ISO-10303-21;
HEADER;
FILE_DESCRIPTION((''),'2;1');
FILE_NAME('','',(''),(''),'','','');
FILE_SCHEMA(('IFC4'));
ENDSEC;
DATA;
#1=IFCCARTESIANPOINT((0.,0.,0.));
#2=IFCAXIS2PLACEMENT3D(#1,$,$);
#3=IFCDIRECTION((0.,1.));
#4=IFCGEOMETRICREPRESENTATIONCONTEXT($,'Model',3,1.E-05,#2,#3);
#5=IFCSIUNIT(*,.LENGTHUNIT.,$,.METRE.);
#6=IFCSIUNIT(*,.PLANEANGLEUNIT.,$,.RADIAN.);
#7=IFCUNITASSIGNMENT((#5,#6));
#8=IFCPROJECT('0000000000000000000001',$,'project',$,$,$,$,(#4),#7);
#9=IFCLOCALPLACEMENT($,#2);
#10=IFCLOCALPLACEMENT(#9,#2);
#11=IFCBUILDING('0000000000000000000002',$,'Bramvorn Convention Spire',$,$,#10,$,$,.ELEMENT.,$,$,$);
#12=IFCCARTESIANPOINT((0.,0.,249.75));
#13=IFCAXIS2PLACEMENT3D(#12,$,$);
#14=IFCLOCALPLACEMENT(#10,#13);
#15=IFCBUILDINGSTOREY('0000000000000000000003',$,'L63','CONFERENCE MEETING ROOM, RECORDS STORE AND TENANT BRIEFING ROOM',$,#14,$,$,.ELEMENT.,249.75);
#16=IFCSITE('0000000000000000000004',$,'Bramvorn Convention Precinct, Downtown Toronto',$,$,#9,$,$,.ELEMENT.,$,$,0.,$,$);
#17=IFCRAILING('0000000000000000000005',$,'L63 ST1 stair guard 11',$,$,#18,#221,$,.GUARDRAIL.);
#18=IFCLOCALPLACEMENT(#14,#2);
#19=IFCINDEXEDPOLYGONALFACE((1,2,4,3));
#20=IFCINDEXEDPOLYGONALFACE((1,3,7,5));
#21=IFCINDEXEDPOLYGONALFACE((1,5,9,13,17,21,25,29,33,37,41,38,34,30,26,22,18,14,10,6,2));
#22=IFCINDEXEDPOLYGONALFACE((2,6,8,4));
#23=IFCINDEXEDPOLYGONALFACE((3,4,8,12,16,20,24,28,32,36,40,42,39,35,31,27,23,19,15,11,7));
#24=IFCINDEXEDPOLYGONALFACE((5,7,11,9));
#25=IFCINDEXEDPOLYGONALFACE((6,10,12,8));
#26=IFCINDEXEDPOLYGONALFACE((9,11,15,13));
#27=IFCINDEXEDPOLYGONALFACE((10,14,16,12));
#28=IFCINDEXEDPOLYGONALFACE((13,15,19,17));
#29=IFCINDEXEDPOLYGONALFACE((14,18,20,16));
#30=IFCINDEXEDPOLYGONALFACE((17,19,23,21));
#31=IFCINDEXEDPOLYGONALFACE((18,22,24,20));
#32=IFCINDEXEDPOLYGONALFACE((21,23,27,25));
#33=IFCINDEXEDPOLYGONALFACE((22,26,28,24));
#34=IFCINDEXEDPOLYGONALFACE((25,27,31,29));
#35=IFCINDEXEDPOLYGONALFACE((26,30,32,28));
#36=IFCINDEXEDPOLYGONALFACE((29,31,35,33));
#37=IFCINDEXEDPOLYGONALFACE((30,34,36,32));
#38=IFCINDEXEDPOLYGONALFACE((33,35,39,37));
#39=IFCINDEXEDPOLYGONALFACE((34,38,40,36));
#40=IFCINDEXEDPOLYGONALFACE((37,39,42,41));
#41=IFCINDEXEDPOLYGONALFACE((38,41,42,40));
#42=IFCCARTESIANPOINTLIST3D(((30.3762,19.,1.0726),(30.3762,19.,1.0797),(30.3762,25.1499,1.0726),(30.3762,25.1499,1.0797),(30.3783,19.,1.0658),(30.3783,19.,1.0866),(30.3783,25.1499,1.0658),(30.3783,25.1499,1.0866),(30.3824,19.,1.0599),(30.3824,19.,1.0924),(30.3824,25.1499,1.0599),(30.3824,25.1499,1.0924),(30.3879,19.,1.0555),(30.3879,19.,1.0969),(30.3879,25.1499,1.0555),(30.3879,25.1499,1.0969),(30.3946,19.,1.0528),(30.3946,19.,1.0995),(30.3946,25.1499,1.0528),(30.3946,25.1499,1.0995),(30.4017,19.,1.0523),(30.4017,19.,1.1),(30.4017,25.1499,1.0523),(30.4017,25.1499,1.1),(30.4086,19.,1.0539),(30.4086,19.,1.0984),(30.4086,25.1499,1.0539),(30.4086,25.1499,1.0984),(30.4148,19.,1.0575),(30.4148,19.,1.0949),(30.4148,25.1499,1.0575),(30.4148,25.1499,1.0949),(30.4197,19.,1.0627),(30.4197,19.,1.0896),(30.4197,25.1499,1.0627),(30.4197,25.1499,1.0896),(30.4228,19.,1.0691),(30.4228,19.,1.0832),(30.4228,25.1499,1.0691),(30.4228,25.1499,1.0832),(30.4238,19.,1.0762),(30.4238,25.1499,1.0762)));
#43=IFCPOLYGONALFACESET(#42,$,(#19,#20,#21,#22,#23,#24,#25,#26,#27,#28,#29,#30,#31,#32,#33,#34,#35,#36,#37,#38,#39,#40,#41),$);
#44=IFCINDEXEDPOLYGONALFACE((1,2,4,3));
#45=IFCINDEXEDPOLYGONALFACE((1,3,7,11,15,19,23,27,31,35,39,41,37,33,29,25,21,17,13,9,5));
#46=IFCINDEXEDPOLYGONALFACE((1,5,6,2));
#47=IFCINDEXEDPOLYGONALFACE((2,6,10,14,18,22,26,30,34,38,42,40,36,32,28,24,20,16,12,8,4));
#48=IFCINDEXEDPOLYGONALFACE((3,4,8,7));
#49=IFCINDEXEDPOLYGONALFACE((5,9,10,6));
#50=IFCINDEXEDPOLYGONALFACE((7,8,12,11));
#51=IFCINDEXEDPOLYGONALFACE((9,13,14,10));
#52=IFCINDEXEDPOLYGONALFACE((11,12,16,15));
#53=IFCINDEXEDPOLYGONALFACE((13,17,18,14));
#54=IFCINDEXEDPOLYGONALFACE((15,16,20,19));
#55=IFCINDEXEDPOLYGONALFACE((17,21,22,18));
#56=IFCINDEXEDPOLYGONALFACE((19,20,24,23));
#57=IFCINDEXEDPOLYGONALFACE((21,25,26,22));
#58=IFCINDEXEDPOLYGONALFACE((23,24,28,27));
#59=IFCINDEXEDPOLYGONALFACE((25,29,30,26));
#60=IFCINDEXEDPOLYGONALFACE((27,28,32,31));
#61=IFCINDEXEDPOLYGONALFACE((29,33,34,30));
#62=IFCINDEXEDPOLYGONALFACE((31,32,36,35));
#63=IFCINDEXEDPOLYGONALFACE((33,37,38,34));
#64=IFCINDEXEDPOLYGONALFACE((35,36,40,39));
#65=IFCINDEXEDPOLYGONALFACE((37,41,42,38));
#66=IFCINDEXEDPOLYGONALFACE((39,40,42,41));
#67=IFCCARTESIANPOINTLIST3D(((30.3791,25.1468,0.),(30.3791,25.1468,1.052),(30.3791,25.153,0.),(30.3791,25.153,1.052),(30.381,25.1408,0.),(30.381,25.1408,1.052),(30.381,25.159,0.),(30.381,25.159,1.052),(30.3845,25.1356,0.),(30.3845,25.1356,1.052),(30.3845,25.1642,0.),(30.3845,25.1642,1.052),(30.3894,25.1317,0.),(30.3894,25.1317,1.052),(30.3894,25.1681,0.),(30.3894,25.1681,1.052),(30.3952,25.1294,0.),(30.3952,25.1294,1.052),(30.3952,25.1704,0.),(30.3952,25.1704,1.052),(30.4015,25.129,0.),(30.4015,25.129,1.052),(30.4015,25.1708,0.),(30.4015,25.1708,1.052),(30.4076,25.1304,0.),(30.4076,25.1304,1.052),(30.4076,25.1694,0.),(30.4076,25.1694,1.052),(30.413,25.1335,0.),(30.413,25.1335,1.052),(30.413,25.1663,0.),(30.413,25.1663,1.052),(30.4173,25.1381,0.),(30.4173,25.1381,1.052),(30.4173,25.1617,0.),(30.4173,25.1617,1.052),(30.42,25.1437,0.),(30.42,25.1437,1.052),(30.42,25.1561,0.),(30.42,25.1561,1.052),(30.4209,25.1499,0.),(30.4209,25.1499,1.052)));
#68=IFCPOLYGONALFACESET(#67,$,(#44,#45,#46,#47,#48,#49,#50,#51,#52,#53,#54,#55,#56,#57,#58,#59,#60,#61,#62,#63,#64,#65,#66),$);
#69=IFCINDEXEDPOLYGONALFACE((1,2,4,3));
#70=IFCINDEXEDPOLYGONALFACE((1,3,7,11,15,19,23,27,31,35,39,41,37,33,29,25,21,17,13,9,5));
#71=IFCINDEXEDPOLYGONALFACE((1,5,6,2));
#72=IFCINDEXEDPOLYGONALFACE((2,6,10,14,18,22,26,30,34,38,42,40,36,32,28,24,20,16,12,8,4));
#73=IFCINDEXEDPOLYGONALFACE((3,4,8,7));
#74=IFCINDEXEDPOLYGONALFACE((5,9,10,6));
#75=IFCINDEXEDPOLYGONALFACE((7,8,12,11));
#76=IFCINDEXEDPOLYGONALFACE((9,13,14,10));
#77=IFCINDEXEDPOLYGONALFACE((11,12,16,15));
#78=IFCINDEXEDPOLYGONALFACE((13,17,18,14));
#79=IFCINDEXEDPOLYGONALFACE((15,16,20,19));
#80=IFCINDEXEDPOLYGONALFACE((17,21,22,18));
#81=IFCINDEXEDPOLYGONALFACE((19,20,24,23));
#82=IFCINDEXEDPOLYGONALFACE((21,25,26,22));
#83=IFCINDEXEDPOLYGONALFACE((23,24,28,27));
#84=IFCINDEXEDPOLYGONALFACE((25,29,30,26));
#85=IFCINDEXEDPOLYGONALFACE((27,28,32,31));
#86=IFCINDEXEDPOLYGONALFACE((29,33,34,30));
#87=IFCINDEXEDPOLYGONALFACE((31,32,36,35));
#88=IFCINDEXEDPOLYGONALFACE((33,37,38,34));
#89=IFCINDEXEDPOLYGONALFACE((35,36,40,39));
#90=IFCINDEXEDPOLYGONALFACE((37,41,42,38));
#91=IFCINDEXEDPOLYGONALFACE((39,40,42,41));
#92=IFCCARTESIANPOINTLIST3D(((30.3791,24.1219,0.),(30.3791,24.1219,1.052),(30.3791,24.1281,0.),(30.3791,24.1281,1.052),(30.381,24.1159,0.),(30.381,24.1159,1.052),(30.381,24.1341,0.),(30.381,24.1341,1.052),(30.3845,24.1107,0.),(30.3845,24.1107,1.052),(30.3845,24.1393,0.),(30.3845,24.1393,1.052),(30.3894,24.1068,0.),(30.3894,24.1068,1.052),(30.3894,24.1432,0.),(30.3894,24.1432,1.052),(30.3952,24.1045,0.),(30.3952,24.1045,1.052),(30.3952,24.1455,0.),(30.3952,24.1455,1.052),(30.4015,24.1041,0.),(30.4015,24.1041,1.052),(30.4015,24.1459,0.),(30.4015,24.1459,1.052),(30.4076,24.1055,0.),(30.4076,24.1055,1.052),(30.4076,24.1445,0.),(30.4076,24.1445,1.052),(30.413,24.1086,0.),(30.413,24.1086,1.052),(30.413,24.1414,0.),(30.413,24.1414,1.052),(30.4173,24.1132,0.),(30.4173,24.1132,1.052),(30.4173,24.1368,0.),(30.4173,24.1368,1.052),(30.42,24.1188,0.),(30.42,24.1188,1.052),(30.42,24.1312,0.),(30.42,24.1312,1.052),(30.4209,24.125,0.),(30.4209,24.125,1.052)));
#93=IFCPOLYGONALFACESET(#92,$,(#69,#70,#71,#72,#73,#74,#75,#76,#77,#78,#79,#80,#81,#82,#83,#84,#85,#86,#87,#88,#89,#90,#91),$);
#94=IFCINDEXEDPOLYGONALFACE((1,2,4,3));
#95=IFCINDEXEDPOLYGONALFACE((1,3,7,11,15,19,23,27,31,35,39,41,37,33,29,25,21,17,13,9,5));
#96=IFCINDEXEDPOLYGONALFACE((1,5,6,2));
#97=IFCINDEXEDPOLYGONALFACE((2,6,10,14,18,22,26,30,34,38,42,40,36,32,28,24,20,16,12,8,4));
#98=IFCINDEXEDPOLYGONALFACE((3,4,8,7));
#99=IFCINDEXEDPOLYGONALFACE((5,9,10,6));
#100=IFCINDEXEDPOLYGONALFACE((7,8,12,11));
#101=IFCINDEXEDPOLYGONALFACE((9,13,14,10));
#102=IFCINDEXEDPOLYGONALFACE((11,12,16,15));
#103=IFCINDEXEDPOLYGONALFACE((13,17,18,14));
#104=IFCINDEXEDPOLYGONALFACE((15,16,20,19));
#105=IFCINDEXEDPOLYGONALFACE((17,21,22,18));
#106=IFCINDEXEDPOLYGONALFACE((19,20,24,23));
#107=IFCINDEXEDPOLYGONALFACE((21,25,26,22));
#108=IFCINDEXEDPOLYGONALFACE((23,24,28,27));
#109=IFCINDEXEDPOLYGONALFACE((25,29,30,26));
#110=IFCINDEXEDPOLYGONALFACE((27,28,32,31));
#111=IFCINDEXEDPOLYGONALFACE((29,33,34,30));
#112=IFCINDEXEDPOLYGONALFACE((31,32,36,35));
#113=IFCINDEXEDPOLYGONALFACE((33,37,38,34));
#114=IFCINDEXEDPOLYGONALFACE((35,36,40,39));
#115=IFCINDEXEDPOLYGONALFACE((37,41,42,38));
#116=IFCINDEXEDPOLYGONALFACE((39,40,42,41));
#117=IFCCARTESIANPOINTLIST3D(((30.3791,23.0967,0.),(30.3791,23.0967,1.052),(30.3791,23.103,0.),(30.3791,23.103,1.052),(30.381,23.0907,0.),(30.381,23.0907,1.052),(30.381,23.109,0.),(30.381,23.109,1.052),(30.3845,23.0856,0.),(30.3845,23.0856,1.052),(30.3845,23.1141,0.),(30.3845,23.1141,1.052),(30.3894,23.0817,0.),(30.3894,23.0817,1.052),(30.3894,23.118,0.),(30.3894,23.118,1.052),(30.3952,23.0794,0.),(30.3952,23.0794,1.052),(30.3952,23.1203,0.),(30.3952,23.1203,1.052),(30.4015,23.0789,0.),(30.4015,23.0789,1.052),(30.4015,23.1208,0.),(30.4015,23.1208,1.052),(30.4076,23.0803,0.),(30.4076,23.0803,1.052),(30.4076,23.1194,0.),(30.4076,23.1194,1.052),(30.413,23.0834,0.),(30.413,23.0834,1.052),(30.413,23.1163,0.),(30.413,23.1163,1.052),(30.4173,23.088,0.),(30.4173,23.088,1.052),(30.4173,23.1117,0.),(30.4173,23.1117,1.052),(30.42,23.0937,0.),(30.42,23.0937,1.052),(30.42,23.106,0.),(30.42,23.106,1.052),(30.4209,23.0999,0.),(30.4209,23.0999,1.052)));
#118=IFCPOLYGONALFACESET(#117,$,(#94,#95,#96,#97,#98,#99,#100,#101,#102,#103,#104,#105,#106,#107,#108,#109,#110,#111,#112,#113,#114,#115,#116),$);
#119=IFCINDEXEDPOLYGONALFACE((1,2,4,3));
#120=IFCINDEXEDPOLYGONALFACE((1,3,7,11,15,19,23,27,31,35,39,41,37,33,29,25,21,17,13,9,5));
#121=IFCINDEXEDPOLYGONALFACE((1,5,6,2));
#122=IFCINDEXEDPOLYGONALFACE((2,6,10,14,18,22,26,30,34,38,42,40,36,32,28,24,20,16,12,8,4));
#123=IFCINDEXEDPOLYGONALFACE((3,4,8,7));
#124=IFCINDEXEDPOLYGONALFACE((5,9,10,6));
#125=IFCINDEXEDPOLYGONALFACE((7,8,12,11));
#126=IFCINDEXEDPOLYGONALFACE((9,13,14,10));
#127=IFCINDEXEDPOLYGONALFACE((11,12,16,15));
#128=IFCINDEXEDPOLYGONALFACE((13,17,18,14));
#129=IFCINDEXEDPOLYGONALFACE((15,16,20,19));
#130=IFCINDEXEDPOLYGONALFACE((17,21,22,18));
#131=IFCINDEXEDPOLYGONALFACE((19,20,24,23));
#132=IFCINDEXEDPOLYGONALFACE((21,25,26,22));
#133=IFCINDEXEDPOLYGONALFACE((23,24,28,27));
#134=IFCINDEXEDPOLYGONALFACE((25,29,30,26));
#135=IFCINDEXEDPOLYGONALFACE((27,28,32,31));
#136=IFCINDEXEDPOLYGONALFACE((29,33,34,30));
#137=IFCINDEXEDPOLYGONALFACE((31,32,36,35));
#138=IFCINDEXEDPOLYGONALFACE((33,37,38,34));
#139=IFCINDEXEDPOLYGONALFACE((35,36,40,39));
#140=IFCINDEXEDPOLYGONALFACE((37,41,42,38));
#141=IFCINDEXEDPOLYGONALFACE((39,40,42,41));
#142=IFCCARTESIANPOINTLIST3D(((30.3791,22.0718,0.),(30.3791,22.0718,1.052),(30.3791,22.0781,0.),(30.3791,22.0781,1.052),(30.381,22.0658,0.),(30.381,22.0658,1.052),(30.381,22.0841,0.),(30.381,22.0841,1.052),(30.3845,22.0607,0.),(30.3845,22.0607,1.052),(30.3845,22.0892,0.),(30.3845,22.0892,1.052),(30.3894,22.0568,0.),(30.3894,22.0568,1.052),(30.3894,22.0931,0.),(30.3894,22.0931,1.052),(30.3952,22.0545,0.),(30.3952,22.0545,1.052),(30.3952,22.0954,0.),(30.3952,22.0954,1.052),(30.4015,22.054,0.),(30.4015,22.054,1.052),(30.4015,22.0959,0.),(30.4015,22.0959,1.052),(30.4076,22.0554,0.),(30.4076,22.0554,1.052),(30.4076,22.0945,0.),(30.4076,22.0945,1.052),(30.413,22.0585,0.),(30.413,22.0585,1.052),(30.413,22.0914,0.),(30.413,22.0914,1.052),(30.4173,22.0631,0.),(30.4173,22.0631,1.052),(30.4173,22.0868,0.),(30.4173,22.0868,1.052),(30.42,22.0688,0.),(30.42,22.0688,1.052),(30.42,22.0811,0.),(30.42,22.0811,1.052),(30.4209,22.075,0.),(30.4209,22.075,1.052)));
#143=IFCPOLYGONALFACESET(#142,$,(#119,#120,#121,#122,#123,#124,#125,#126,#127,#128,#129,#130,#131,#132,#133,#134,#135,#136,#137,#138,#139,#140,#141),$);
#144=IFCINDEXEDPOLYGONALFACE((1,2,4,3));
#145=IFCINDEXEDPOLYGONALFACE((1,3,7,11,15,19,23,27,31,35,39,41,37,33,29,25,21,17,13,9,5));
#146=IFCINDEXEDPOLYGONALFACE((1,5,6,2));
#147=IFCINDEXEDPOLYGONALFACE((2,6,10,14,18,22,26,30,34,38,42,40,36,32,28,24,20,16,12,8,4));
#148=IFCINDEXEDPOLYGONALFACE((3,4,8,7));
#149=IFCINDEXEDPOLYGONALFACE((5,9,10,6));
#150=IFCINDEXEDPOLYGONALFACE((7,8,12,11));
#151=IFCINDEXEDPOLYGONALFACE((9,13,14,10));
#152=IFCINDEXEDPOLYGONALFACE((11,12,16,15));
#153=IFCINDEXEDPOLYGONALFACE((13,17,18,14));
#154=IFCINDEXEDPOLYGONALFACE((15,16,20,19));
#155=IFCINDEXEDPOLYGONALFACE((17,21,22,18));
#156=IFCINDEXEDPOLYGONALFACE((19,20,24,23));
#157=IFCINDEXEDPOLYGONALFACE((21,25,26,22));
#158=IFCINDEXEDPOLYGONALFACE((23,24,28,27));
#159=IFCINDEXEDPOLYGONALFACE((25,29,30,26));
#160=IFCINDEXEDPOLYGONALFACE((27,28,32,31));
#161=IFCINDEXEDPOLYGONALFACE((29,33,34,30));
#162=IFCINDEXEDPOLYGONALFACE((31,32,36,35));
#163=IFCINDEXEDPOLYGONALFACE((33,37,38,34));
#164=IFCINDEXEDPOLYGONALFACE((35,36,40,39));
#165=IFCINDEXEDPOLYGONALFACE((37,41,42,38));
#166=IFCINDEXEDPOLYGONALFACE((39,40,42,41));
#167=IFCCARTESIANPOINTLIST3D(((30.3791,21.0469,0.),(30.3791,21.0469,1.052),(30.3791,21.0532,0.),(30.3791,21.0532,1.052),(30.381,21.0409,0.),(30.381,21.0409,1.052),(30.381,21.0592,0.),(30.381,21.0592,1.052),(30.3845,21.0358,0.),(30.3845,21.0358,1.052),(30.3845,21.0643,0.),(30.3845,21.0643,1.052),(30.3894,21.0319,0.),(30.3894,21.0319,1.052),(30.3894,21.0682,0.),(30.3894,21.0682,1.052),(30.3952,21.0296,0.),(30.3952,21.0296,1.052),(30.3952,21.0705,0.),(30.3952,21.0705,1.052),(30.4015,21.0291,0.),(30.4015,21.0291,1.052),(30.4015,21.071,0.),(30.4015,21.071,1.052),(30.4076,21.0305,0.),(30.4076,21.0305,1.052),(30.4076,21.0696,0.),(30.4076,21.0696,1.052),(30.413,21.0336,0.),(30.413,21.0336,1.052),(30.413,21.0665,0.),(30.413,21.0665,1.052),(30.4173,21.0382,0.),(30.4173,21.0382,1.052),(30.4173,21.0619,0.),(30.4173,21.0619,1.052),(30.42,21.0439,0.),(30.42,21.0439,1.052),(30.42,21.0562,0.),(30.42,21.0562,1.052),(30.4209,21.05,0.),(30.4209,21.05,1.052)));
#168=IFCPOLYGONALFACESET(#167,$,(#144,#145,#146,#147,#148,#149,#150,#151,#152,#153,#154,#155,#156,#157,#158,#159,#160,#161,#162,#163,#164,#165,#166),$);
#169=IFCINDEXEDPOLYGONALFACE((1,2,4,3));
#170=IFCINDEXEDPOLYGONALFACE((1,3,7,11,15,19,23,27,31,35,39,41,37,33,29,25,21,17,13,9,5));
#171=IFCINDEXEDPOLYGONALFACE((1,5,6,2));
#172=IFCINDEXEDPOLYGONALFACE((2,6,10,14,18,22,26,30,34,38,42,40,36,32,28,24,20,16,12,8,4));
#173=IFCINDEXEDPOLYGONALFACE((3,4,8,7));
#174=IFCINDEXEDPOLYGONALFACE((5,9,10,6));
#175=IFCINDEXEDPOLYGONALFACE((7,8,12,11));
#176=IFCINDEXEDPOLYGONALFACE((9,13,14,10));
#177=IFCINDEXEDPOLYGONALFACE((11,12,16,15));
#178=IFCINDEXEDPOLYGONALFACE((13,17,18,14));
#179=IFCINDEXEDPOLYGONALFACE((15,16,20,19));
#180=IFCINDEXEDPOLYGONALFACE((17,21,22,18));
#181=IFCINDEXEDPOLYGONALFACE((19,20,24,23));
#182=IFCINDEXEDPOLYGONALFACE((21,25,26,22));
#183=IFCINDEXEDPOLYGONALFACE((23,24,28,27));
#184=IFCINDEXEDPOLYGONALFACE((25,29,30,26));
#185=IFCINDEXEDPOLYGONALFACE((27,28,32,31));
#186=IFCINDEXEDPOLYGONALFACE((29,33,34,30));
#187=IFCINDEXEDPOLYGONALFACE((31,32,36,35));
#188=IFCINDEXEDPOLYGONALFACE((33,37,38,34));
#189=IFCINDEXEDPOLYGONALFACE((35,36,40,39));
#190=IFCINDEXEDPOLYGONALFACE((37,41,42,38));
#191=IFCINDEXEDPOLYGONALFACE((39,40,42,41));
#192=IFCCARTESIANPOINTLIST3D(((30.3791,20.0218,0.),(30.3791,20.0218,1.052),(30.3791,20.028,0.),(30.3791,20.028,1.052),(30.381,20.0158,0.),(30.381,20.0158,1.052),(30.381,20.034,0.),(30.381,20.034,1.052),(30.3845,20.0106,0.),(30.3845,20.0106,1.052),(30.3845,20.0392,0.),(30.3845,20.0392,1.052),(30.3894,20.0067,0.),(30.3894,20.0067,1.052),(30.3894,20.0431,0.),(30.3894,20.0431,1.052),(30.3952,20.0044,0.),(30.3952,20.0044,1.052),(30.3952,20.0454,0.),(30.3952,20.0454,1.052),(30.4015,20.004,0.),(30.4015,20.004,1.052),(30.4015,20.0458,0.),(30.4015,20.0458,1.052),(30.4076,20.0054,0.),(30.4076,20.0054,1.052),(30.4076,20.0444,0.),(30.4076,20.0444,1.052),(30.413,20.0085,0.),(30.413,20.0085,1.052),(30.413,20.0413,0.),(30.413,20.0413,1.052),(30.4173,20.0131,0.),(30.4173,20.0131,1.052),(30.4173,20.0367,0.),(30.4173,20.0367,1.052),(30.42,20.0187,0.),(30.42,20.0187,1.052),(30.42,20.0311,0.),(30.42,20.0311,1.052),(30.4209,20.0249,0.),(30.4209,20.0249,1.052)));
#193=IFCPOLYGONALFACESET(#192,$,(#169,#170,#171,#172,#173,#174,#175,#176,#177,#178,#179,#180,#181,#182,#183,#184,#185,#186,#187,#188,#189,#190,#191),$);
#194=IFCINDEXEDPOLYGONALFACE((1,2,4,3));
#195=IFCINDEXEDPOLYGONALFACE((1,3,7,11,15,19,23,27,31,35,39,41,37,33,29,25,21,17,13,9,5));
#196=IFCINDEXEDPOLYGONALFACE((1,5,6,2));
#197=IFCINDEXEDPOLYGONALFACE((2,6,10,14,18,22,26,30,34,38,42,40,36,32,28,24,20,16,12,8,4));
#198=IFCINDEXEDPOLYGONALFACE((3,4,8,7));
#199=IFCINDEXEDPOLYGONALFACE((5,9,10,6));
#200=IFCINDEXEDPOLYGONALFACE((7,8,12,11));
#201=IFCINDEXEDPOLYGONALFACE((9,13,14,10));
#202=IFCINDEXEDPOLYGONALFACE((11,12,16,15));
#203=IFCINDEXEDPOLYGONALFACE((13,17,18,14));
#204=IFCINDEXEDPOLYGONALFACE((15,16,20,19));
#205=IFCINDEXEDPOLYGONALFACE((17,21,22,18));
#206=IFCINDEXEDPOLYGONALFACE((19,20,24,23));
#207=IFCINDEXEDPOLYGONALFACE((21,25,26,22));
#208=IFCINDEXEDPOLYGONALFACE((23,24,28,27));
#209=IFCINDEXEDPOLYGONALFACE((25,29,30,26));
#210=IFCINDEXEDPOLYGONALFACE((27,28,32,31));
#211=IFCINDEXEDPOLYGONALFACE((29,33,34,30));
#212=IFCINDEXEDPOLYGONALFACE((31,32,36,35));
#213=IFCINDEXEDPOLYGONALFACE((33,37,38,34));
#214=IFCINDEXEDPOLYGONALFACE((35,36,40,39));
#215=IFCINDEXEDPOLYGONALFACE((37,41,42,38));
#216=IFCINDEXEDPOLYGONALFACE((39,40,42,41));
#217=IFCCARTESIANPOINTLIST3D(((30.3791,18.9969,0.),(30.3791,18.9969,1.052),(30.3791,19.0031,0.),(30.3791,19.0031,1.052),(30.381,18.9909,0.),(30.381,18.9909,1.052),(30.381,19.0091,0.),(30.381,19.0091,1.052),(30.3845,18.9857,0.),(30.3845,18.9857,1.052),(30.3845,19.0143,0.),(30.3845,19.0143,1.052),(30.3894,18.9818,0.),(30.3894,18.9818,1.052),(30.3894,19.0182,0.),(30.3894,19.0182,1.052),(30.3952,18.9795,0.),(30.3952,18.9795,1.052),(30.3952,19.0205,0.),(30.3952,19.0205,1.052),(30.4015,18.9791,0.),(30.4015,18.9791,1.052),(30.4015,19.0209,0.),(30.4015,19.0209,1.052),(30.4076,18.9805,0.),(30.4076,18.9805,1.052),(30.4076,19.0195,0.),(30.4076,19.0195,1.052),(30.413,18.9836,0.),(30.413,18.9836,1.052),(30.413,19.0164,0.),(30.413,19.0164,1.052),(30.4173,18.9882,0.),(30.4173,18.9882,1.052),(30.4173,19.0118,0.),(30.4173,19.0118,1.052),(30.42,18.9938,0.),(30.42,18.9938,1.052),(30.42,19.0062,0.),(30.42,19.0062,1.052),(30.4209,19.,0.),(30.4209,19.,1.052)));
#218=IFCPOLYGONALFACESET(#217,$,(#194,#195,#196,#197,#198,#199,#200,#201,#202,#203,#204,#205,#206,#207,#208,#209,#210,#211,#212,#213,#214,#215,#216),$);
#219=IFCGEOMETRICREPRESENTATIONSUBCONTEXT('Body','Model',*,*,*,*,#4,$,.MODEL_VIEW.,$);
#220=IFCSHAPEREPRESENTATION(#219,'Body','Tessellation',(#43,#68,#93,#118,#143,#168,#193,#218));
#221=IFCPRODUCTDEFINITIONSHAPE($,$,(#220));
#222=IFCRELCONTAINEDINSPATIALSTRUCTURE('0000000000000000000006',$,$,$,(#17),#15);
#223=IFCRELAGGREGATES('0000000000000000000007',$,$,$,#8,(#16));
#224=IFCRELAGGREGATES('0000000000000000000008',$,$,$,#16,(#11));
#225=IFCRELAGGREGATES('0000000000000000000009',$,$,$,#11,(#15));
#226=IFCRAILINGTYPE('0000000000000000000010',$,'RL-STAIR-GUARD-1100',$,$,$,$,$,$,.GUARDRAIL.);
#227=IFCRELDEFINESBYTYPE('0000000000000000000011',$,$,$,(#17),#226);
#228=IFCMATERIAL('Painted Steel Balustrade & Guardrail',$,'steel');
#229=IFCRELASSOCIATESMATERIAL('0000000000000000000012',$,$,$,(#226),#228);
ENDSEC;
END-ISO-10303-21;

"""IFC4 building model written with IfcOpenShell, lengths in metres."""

from ifc_helpers import new_model, si_unit, direction, frame, origin, origin_2d, place, context, subcontext, project, spatial, circle, extrude, material, type_object, element, save


model = new_model("IFC4")

# Units and contexts
model_context = context("Model", 3, precision=1e-05, world=origin(), true_north=direction((0.0, 1.0)))
body_context = subcontext(model_context, "Body", "Model", "MODEL_VIEW")
ifc_project = project(units=[si_unit("LENGTHUNIT", "METRE"), si_unit("PLANEANGLEUNIT", "RADIAN")], contexts=[model_context])

# Site, building, storey
site_placement = place(None, origin())
site = spatial("IfcSite", under=ifc_project, at=site_placement, Name="Bramvorn Convention Precinct, Downtown Toronto", CompositionType="ELEMENT", RefElevation=0.0)
building_placement = place(site_placement, origin())
building = spatial("IfcBuilding", under=site, at=building_placement, Name="Bramvorn Convention Spire", CompositionType="ELEMENT")
storey_placement = place(building_placement, frame((0.0, 0.0, 249.75)))
storey = spatial("IfcBuildingStorey", under=building, at=storey_placement, Name="L63", Description="CONFERENCE MEETING ROOM, RECORDS STORE AND TENANT BRIEFING ROOM", CompositionType="ELEMENT", Elevation=249.75)

# Railing
ifc_material_1 = material(Name="Painted Steel Balustrade & Guardrail", Category="steel")
railing_type_1 = type_object("IfcRailingType", Name="RL-STAIR-GUARD-1100", PredefinedType="GUARDRAIL", material=ifc_material_1)
railing_1_placement = place(storey_placement, frame((30.3999, 25.1499, 0.0)))
element("IfcRailing", 1, at=railing_1_placement, inside=storey, type_object=railing_type_1, Name="L63 ST1 stair guard 11", PredefinedType="GUARDRAIL", context=body_context, shape_type="SweptSolid", body=[
    extrude(circle(Radius=0.0239, at=origin_2d()), frame((0.0, 0.0, 1.0762), z_axis=(0.0, -1.0, 0.0), x_axis=(1.0, 0.0, 0.0)), (0.0, 0.0, 1.0), 6.1499),
    extrude(circle(Radius=0.021, at=origin_2d()), origin(), (0.0, 0.0, 1.0), 1.052),
    extrude(circle(Radius=0.021, at=origin_2d()), frame((0.0, -1.0249, 0.0)), (0.0, 0.0, 1.0), 1.052),
    extrude(circle(Radius=0.021, at=origin_2d()), frame((0.0, -2.05, 0.0)), (0.0, 0.0, 1.0), 1.052),
    extrude(circle(Radius=0.021, at=origin_2d()), frame((0.0, -3.075, 0.0)), (0.0, 0.0, 1.0), 1.052),
    extrude(circle(Radius=0.021, at=origin_2d()), frame((0.0, -4.0999, 0.0)), (0.0, 0.0, 1.0), 1.052),
    extrude(circle(Radius=0.021, at=origin_2d()), frame((0.0, -5.125, 0.0)), (0.0, 0.0, 1.0), 1.052),
    extrude(circle(Radius=0.021, at=origin_2d()), frame((0.0, -6.1499, 0.0)), (0.0, 0.0, 1.0), 1.052),
])

save(model, "model.ifc")
